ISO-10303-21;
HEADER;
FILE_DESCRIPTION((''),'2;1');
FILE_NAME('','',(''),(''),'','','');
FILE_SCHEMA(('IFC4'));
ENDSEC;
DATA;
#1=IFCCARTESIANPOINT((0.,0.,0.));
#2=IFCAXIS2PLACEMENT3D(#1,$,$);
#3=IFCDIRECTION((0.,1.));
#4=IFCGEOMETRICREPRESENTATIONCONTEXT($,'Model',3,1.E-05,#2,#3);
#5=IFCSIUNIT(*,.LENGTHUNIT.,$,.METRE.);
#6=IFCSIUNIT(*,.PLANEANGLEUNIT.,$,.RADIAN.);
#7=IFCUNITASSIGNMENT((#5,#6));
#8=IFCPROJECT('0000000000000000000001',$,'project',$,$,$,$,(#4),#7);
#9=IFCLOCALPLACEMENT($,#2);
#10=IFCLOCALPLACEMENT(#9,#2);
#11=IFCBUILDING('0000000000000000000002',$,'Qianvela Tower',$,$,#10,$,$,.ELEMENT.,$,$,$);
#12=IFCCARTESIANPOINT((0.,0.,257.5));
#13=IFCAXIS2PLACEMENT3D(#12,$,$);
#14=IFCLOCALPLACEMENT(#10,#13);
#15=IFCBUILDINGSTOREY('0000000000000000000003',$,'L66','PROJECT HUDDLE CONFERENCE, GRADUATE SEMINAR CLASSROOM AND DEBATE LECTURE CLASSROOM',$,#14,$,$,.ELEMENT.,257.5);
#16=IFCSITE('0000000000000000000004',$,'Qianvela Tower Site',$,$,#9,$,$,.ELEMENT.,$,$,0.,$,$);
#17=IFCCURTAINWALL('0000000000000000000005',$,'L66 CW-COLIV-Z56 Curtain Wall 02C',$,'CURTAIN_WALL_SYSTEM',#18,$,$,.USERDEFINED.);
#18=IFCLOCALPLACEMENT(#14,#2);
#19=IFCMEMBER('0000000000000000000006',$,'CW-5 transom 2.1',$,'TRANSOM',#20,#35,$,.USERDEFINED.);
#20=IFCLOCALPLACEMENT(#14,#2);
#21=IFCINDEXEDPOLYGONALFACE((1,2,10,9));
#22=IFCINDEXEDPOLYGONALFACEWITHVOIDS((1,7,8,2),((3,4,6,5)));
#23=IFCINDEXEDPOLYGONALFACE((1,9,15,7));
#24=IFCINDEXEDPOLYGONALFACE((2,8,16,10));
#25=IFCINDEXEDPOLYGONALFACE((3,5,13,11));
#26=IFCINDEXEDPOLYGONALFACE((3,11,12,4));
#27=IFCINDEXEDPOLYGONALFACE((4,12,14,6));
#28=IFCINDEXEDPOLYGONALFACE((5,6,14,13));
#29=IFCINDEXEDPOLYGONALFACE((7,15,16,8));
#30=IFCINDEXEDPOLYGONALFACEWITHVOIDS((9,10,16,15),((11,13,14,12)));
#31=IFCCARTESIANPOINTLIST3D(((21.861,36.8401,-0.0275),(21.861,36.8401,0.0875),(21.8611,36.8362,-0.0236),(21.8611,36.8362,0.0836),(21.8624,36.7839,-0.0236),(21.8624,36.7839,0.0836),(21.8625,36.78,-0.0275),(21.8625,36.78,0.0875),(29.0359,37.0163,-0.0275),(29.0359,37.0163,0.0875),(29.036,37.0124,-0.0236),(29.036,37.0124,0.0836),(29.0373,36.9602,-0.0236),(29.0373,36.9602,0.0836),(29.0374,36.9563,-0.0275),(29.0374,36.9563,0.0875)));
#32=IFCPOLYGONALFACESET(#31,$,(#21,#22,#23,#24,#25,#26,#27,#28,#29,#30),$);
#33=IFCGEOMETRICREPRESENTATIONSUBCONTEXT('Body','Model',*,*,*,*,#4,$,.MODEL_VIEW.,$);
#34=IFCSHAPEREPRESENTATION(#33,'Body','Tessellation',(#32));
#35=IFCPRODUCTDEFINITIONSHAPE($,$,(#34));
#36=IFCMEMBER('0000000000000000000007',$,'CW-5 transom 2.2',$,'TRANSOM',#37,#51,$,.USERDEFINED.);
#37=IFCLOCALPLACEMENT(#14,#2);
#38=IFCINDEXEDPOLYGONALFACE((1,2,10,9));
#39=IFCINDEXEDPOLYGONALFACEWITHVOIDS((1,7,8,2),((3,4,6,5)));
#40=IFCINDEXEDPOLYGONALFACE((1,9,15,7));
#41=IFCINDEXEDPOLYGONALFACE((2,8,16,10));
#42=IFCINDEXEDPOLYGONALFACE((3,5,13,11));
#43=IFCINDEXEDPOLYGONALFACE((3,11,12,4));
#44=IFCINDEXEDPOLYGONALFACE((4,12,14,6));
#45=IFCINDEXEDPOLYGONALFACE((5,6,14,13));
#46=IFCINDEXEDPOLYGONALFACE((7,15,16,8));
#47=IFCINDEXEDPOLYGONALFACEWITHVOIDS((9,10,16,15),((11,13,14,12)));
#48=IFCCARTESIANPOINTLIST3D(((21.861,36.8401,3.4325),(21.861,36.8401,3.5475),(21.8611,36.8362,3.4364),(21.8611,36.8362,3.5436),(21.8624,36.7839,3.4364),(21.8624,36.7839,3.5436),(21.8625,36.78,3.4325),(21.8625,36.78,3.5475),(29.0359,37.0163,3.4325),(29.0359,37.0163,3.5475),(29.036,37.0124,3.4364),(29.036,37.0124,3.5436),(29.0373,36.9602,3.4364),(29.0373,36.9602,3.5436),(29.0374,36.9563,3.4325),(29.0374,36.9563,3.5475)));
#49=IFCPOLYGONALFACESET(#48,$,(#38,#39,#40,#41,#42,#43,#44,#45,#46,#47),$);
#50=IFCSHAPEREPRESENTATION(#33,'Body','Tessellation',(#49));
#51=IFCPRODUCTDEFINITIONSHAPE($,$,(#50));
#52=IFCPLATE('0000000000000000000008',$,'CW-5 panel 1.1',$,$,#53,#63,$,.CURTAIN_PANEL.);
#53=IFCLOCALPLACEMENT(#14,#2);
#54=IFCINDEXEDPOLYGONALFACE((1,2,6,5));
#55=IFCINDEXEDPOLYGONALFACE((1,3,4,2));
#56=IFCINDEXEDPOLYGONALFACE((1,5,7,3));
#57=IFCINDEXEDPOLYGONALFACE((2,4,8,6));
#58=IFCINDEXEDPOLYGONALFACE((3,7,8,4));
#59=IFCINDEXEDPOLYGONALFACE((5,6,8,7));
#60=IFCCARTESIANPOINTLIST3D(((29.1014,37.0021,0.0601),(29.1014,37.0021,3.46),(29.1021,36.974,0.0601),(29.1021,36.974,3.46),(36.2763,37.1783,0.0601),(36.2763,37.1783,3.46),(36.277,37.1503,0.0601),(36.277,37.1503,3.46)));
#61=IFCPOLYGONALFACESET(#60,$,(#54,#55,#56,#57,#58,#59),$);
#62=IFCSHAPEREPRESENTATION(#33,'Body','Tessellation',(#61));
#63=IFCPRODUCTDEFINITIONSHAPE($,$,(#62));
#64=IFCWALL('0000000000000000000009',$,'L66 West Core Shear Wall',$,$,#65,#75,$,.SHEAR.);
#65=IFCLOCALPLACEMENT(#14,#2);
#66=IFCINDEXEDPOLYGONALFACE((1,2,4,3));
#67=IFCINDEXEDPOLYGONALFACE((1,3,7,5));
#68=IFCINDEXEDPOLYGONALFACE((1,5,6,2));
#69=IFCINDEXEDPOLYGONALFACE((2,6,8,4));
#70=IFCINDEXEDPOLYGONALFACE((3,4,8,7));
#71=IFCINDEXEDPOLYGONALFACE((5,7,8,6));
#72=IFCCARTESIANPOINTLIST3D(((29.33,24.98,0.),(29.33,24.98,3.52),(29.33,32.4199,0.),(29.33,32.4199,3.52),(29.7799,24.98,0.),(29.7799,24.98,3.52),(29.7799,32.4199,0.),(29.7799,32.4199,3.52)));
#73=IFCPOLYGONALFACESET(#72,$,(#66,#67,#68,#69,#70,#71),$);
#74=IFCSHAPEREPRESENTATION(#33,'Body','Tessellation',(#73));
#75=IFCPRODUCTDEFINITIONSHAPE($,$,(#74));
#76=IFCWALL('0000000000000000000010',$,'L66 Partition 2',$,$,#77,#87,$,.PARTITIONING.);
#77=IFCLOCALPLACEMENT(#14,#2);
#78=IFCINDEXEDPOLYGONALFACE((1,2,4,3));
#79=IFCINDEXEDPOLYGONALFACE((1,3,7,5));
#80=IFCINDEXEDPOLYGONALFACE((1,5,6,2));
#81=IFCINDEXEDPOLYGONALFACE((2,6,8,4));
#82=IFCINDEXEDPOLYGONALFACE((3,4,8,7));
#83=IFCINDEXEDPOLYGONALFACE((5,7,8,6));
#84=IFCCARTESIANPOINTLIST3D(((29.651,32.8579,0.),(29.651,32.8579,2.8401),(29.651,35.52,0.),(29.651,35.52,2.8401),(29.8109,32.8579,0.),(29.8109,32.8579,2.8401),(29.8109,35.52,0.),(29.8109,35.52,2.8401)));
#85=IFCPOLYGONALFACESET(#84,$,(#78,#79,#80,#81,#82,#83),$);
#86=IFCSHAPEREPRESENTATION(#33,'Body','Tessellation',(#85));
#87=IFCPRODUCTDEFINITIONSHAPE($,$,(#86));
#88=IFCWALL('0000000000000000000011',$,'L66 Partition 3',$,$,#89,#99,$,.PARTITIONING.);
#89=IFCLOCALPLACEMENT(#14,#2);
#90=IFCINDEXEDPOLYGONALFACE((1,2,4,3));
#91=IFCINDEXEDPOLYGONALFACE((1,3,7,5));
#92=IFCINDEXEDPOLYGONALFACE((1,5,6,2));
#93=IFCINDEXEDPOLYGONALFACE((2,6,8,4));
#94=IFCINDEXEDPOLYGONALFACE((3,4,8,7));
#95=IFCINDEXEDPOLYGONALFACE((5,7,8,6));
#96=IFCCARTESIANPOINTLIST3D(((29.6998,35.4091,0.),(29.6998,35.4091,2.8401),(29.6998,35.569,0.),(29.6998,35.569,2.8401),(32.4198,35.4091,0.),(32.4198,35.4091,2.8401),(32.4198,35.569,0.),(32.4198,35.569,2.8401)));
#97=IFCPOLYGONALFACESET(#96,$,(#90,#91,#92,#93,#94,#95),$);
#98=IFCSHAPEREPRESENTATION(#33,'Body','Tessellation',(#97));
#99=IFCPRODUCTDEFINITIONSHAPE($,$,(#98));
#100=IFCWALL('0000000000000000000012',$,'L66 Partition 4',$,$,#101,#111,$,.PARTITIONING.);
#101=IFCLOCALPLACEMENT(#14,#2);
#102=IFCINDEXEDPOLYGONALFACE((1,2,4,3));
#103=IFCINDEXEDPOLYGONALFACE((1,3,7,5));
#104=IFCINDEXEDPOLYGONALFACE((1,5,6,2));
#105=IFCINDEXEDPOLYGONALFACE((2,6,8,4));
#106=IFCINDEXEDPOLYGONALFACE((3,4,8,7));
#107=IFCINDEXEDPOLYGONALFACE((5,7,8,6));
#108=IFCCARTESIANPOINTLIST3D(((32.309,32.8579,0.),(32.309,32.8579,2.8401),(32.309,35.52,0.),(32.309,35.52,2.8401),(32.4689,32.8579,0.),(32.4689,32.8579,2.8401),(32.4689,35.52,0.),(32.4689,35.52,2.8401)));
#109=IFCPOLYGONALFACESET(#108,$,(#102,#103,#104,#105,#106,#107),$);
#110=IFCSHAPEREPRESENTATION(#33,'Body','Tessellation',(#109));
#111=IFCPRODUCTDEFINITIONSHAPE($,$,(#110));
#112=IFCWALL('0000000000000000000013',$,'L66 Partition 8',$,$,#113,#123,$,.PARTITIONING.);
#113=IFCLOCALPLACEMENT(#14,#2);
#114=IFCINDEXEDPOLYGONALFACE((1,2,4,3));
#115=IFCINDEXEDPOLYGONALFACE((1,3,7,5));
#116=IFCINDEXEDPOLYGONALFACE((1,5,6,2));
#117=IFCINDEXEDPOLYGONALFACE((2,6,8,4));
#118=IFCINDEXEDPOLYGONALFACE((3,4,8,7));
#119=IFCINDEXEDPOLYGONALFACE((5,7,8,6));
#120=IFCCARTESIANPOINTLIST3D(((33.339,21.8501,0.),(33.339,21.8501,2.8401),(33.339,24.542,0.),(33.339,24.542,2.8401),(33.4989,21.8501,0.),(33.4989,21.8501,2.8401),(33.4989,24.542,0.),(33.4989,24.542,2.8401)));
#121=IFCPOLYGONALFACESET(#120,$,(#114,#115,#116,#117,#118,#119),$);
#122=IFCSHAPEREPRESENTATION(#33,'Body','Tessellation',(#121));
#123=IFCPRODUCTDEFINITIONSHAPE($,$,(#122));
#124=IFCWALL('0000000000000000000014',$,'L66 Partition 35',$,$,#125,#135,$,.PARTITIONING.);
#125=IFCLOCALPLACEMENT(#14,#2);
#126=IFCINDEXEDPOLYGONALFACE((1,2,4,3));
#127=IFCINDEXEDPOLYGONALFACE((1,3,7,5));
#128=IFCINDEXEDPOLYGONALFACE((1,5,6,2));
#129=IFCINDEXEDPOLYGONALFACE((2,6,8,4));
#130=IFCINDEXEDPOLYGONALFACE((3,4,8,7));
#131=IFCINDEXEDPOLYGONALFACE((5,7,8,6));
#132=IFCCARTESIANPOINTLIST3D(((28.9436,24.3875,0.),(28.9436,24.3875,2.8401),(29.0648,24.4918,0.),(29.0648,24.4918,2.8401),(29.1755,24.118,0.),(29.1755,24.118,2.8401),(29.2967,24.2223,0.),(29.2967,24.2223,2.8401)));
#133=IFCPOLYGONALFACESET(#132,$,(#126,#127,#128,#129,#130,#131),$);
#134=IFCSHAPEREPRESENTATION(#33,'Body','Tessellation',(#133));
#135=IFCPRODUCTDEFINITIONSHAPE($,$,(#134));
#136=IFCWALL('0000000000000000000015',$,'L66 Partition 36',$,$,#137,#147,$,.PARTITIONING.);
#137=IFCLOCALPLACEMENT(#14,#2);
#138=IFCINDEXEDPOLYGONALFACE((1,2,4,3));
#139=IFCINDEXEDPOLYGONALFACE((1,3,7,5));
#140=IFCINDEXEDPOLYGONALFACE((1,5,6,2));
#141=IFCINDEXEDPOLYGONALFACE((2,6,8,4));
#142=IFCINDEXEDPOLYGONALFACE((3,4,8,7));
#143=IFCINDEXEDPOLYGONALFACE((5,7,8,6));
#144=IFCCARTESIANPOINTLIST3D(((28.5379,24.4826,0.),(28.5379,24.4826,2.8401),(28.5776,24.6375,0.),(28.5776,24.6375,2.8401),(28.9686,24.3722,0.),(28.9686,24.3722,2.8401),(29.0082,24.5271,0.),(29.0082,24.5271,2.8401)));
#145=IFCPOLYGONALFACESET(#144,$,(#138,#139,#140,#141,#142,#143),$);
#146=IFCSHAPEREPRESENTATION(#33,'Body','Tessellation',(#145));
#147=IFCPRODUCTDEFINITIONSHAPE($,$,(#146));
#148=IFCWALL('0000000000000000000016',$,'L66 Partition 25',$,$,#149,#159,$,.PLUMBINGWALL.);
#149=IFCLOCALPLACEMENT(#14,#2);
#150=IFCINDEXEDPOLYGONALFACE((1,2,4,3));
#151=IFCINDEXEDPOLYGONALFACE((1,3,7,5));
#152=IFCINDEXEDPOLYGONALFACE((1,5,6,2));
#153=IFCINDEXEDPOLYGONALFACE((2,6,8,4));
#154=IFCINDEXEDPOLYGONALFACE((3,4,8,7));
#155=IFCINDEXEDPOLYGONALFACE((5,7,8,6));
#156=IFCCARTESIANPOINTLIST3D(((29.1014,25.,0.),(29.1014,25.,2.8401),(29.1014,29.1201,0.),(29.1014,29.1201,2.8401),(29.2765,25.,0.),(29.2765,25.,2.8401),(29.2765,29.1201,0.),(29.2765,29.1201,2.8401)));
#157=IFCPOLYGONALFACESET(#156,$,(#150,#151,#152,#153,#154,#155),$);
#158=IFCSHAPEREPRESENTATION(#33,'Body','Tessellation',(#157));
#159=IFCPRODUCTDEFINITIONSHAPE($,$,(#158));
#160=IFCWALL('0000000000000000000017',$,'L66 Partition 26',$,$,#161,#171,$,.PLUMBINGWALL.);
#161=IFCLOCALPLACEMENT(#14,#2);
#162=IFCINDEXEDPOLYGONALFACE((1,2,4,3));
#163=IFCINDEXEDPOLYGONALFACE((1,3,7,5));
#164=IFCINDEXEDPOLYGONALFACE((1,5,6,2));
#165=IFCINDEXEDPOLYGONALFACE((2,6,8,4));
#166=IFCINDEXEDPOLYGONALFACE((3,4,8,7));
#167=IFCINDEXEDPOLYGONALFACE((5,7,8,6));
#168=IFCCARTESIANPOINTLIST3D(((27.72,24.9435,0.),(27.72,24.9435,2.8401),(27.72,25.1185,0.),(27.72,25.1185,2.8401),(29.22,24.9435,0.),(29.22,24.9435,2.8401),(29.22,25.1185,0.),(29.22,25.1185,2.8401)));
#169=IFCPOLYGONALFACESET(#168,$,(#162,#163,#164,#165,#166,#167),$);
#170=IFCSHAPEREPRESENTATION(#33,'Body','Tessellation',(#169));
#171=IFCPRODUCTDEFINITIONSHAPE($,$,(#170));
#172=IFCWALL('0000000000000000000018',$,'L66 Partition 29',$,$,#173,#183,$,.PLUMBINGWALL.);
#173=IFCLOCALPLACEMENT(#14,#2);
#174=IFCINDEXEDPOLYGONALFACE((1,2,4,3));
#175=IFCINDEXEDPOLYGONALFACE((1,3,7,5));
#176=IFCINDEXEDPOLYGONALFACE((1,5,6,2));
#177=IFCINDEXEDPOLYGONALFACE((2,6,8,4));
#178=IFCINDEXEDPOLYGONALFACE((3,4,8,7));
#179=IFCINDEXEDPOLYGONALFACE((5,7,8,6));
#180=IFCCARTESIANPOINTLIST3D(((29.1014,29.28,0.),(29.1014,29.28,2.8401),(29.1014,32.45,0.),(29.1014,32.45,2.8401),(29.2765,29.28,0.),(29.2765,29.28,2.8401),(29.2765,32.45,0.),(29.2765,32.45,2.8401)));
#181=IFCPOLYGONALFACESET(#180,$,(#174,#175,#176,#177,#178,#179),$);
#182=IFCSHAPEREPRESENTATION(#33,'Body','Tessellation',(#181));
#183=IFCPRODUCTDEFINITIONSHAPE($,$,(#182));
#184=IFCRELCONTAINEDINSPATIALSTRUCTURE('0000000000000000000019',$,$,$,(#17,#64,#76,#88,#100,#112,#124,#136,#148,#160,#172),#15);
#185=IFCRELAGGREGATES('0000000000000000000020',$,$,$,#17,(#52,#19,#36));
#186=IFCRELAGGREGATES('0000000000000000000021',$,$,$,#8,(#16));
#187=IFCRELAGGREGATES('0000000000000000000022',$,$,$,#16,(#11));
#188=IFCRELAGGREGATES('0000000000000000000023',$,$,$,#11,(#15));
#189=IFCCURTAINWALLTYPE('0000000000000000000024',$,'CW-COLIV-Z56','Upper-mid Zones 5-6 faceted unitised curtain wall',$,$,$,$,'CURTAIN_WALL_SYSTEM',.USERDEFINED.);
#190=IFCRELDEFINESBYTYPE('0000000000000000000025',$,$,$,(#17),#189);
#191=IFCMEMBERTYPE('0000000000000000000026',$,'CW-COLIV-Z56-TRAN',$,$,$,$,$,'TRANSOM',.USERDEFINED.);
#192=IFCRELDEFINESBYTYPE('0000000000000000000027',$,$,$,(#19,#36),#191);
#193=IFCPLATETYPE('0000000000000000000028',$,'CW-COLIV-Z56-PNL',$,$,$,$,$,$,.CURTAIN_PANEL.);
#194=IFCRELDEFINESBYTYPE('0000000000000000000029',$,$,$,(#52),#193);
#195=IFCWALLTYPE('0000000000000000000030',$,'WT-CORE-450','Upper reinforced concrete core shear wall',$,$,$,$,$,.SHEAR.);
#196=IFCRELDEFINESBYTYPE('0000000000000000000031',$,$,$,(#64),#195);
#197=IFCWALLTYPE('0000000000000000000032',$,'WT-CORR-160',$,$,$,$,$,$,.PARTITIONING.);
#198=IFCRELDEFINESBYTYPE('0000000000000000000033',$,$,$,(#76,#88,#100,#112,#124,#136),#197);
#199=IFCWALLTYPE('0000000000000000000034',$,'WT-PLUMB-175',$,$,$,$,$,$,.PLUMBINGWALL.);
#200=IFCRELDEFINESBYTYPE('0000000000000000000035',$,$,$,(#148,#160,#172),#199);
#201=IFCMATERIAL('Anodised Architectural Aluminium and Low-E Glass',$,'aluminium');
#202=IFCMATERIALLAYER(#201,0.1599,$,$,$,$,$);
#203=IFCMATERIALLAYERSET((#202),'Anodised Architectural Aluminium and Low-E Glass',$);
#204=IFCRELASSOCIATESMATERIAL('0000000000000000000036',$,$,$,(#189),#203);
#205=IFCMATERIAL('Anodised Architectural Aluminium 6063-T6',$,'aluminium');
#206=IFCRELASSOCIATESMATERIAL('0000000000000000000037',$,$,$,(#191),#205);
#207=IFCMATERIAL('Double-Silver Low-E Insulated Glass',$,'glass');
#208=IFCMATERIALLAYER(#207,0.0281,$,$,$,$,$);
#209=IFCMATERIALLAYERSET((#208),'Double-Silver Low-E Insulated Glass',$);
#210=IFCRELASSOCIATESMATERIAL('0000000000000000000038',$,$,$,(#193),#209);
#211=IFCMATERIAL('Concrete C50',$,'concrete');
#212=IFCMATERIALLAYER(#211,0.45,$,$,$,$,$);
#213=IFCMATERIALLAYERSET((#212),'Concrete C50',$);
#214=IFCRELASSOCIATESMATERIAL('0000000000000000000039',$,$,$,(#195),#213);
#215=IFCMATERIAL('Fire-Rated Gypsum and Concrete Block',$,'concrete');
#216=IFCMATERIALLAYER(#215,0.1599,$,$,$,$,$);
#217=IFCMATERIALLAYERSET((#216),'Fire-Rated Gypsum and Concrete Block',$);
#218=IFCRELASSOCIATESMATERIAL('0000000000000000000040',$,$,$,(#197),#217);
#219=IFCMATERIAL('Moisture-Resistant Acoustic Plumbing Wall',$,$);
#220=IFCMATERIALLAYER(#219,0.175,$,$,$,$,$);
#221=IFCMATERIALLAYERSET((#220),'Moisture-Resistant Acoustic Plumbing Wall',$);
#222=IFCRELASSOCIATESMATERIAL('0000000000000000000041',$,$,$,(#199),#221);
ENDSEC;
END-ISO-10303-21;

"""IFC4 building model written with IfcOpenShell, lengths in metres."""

from ifc_helpers import new_model, si_unit, direction, frame, frame_2d, origin, origin_2d, place, context, subcontext, project, spatial, rectangle, hollow_rectangle, extrude, material, layer, layer_set, material_profile, profile_set, type_object, element, aggregate, save


model = new_model("IFC4")

# Units and contexts
model_context = context("Model", 3, precision=1e-05, world=origin(), true_north=direction((0.0, 1.0)))
body_context = subcontext(model_context, "Body", "Model", "MODEL_VIEW")
ifc_project = project(units=[si_unit("LENGTHUNIT", "METRE"), si_unit("PLANEANGLEUNIT", "RADIAN")], contexts=[model_context])

# Site, building, storey
site_placement = place(None, origin())
site = spatial("IfcSite", under=ifc_project, at=site_placement, Name="Qianvela Tower Site", CompositionType="ELEMENT", RefElevation=0.0)
building_placement = place(site_placement, origin())
building = spatial("IfcBuilding", under=site, at=building_placement, Name="Qianvela Tower", CompositionType="ELEMENT")
storey_placement = place(building_placement, frame((0.0, 0.0, 257.5)))
storey = spatial("IfcBuildingStorey", under=building, at=storey_placement, Name="L66", Description="PROJECT HUDDLE CONFERENCE, GRADUATE SEMINAR CLASSROOM AND DEBATE LECTURE CLASSROOM", CompositionType="ELEMENT", Elevation=257.5)

# Curtain wall, members, plate
ifc_material_1 = material(Name="Anodised Architectural Aluminium and Low-E Glass", Category="aluminium")
ifc_layer_1 = layer(ifc_material_1, 0.1599)
ifc_layer_set_1 = layer_set([ifc_layer_1], Name="Anodised Architectural Aluminium and Low-E Glass")
curtain_wall_type = type_object("IfcCurtainWallType", Name="CW-COLIV-Z56", Description="Upper-mid Zones 5-6 faceted unitised curtain wall", ElementType="CURTAIN_WALL_SYSTEM", PredefinedType="USERDEFINED", material=ifc_layer_set_1)
curtain_wall_placement = place(storey_placement, origin())
curtain_wall = element("IfcCurtainWall", 1, at=curtain_wall_placement, inside=storey, type_object=curtain_wall_type, Name="L66 CW-COLIV-Z56 Curtain Wall 02C", ObjectType="CURTAIN_WALL_SYSTEM", PredefinedType="USERDEFINED")
ifc_material_2 = material(Name="Anodised Architectural Aluminium 6063-T6", Category="aluminium")
ifc_material_profile_1 = material_profile(ifc_material_2, hollow_rectangle(XDim=0.0601, YDim=0.115, WallThickness=0.0039, at=origin_2d()), Name="ALU-TRAN-60x115")
ifc_profile_set_1 = profile_set([ifc_material_profile_1], Name="Anodised Architectural Aluminium 6063-T6")
member_type_1 = type_object("IfcMemberType", Name="CW-COLIV-Z56-TRAN", ElementType="TRANSOM", PredefinedType="USERDEFINED", material=ifc_profile_set_1)
member_1_placement = place(storey_placement, frame((29.0366, 36.9863, 0.03), z_axis=(-0.999698, -0.02456, 0.0), x_axis=(0.02456, -0.999698, 0.0)))
member_1 = element("IfcMember", 2, at=member_1_placement, type_object=member_type_1, Name="CW-5 transom 2.1", ObjectType="TRANSOM", PredefinedType="USERDEFINED", context=body_context, shape_type="SweptSolid", body=[
    extrude(hollow_rectangle(XDim=0.0601, YDim=0.115, WallThickness=0.0039, at=origin_2d()), origin(), (0.0, 0.0, 1.0), 7.177),
])
member_2_placement = place(storey_placement, frame((29.0366, 36.9863, 3.49), z_axis=(-0.999698, -0.02456, 0.0), x_axis=(0.02456, -0.999698, 0.0)))
member_2 = element("IfcMember", 3, at=member_2_placement, type_object=member_type_1, Name="CW-5 transom 2.2", ObjectType="TRANSOM", PredefinedType="USERDEFINED", context=body_context, shape_type="SweptSolid", body=[
    extrude(hollow_rectangle(XDim=0.0601, YDim=0.115, WallThickness=0.0039, at=origin_2d()), origin(), (0.0, 0.0, 1.0), 7.177),
])
ifc_material_3 = material(Name="Double-Silver Low-E Insulated Glass", Category="glass")
ifc_layer_2 = layer(ifc_material_3, 0.0281)
ifc_layer_set_2 = layer_set([ifc_layer_2], Name="Double-Silver Low-E Insulated Glass")
plate_type = type_object("IfcPlateType", Name="CW-COLIV-Z56-PNL", PredefinedType="CURTAIN_PANEL", material=ifc_layer_set_2)
plate_placement = place(storey_placement, frame((32.6892, 37.0762, 0.0601), z_axis=(0.0, 0.0, 1.0), x_axis=(-0.999698, -0.024558, 0.0)))
plate = element("IfcPlate", 4, at=plate_placement, type_object=plate_type, Name="CW-5 panel 1.1", PredefinedType="CURTAIN_PANEL", context=body_context, shape_type="SweptSolid", body=[
    extrude(rectangle(XDim=7.177, YDim=0.0281, at=origin_2d()), origin(), (0.0, 0.0, 1.0), 3.3999),
])
aggregate(curtain_wall, [plate, member_1, member_2])

# Shared definitions
ifc_material_4 = material(Name="Concrete C50", Category="concrete")
ifc_layer_3 = layer(ifc_material_4, 0.45)
ifc_layer_set_3 = layer_set([ifc_layer_3], Name="Concrete C50")
wall_type_1 = type_object("IfcWallType", Name="WT-CORE-450", Description="Upper reinforced concrete core shear wall", PredefinedType="SHEAR", material=ifc_layer_set_3)

# Walls
wall_1_placement = place(storey_placement, frame((29.5549, 24.98, 0.0), z_axis=(0.0, 0.0, 1.0), x_axis=(0.0, 1.0, 0.0)))
element("IfcWall", 5, at=wall_1_placement, inside=storey, type_object=wall_type_1, Name="L66 West Core Shear Wall", PredefinedType="SHEAR", context=body_context, shape_type="SweptSolid", body=[
    extrude(rectangle(XDim=7.4399, YDim=0.45, at=frame_2d((3.72, 0.0))), origin(), (0.0, 0.0, 1.0), 3.52),
])
ifc_material_5 = material(Name="Fire-Rated Gypsum and Concrete Block", Category="concrete")
ifc_layer_4 = layer(ifc_material_5, 0.1599)
ifc_layer_set_4 = layer_set([ifc_layer_4], Name="Fire-Rated Gypsum and Concrete Block")
wall_type_2 = type_object("IfcWallType", Name="WT-CORR-160", PredefinedType="PARTITIONING", material=ifc_layer_set_4)
wall_2_placement = place(storey_placement, frame((29.731, 32.8579, 0.0), z_axis=(0.0, 0.0, 1.0), x_axis=(0.0, 1.0, 0.0)))
element("IfcWall", 6, at=wall_2_placement, inside=storey, type_object=wall_type_2, Name="L66 Partition 2", PredefinedType="PARTITIONING", context=body_context, shape_type="SweptSolid", body=[
    extrude(rectangle(XDim=2.6621, YDim=0.1599, at=frame_2d((1.3311, 0.0))), origin(), (0.0, 0.0, 1.0), 2.8401),
])
wall_3_placement = place(storey_placement, frame((29.7, 35.489, 0.0), z_axis=(0.0, 0.0, 1.0), x_axis=(1.0, 0.0, 0.0)))
element("IfcWall", 7, at=wall_3_placement, inside=storey, type_object=wall_type_2, Name="L66 Partition 3", PredefinedType="PARTITIONING", context=body_context, shape_type="SweptSolid", body=[
    extrude(rectangle(XDim=2.72, YDim=0.1599, at=frame_2d((1.3599, 0.0))), origin(), (0.0, 0.0, 1.0), 2.8401),
])
wall_4_placement = place(storey_placement, frame((32.3889, 35.52, 0.0), z_axis=(0.0, 0.0, 1.0), x_axis=(0.0, -1.0, 0.0)))
element("IfcWall", 8, at=wall_4_placement, inside=storey, type_object=wall_type_2, Name="L66 Partition 4", PredefinedType="PARTITIONING", context=body_context, shape_type="SweptSolid", body=[
    extrude(rectangle(XDim=2.6621, YDim=0.1599, at=frame_2d((1.3311, 0.0))), origin(), (0.0, 0.0, 1.0), 2.8401),
])
wall_5_placement = place(storey_placement, frame((33.4189, 24.542, 0.0), z_axis=(0.0, 0.0, 1.0), x_axis=(0.0, -1.0, 0.0)))
element("IfcWall", 9, at=wall_5_placement, inside=storey, type_object=wall_type_2, Name="L66 Partition 8", PredefinedType="PARTITIONING", context=body_context, shape_type="SweptSolid", body=[
    extrude(rectangle(XDim=2.6919, YDim=0.1599, at=frame_2d((1.3459, 0.0))), origin(), (0.0, 0.0, 1.0), 2.8401),
])
wall_6_placement = place(storey_placement, frame((29.2361, 24.1702, 0.0), z_axis=(0.0, 0.0, 1.0), x_axis=(-0.65226, 0.757995, 0.0)))
element("IfcWall", 10, at=wall_6_placement, inside=storey, type_object=wall_type_2, Name="L66 Partition 35", PredefinedType="PARTITIONING", context=body_context, shape_type="SweptSolid", body=[
    extrude(rectangle(XDim=0.3555, YDim=0.1599, at=frame_2d((0.1777, 0.0))), origin(), (0.0, 0.0, 1.0), 2.8401),
])
wall_7_placement = place(storey_placement, frame((28.9883, 24.4497, 0.0), z_axis=(0.0, 0.0, 1.0), x_axis=(-0.968705, 0.248217, 0.0)))
element("IfcWall", 11, at=wall_7_placement, inside=storey, type_object=wall_type_2, Name="L66 Partition 36", PredefinedType="PARTITIONING", context=body_context, shape_type="SweptSolid", body=[
    extrude(rectangle(XDim=0.4446, YDim=0.1599, at=frame_2d((0.2222, 0.0))), origin(), (0.0, 0.0, 1.0), 2.8401),
])
ifc_material_6 = material(Name="Moisture-Resistant Acoustic Plumbing Wall")
ifc_layer_5 = layer(ifc_material_6, 0.175)
ifc_layer_set_5 = layer_set([ifc_layer_5], Name="Moisture-Resistant Acoustic Plumbing Wall")
wall_type_3 = type_object("IfcWallType", Name="WT-PLUMB-175", PredefinedType="PLUMBINGWALL", material=ifc_layer_set_5)
wall_8_placement = place(storey_placement, frame((29.189, 29.1201, 0.0), z_axis=(0.0, 0.0, 1.0), x_axis=(0.0, -1.0, 0.0)))
element("IfcWall", 12, at=wall_8_placement, inside=storey, type_object=wall_type_3, Name="L66 Partition 25", PredefinedType="PLUMBINGWALL", context=body_context, shape_type="SweptSolid", body=[
    extrude(rectangle(XDim=4.1201, YDim=0.175, at=frame_2d((2.0601, 0.0))), origin(), (0.0, 0.0, 1.0), 2.8401),
])
wall_9_placement = place(storey_placement, frame((29.22, 25.031, 0.0), z_axis=(0.0, 0.0, 1.0), x_axis=(-1.0, 0.0, 0.0)))
element("IfcWall", 13, at=wall_9_placement, inside=storey, type_object=wall_type_3, Name="L66 Partition 26", PredefinedType="PLUMBINGWALL", context=body_context, shape_type="SweptSolid", body=[
    extrude(rectangle(XDim=1.5, YDim=0.175, at=frame_2d((0.75, 0.0))), origin(), (0.0, 0.0, 1.0), 2.8401),
])
wall_10_placement = place(storey_placement, frame((29.189, 32.45, 0.0), z_axis=(0.0, 0.0, 1.0), x_axis=(0.0, -1.0, 0.0)))
element("IfcWall", 14, at=wall_10_placement, inside=storey, type_object=wall_type_3, Name="L66 Partition 29", PredefinedType="PLUMBINGWALL", context=body_context, shape_type="SweptSolid", body=[
    extrude(rectangle(XDim=3.1699, YDim=0.175, at=frame_2d((1.585, 0.0))), origin(), (0.0, 0.0, 1.0), 2.8401),
])

save(model, "model.ifc")
